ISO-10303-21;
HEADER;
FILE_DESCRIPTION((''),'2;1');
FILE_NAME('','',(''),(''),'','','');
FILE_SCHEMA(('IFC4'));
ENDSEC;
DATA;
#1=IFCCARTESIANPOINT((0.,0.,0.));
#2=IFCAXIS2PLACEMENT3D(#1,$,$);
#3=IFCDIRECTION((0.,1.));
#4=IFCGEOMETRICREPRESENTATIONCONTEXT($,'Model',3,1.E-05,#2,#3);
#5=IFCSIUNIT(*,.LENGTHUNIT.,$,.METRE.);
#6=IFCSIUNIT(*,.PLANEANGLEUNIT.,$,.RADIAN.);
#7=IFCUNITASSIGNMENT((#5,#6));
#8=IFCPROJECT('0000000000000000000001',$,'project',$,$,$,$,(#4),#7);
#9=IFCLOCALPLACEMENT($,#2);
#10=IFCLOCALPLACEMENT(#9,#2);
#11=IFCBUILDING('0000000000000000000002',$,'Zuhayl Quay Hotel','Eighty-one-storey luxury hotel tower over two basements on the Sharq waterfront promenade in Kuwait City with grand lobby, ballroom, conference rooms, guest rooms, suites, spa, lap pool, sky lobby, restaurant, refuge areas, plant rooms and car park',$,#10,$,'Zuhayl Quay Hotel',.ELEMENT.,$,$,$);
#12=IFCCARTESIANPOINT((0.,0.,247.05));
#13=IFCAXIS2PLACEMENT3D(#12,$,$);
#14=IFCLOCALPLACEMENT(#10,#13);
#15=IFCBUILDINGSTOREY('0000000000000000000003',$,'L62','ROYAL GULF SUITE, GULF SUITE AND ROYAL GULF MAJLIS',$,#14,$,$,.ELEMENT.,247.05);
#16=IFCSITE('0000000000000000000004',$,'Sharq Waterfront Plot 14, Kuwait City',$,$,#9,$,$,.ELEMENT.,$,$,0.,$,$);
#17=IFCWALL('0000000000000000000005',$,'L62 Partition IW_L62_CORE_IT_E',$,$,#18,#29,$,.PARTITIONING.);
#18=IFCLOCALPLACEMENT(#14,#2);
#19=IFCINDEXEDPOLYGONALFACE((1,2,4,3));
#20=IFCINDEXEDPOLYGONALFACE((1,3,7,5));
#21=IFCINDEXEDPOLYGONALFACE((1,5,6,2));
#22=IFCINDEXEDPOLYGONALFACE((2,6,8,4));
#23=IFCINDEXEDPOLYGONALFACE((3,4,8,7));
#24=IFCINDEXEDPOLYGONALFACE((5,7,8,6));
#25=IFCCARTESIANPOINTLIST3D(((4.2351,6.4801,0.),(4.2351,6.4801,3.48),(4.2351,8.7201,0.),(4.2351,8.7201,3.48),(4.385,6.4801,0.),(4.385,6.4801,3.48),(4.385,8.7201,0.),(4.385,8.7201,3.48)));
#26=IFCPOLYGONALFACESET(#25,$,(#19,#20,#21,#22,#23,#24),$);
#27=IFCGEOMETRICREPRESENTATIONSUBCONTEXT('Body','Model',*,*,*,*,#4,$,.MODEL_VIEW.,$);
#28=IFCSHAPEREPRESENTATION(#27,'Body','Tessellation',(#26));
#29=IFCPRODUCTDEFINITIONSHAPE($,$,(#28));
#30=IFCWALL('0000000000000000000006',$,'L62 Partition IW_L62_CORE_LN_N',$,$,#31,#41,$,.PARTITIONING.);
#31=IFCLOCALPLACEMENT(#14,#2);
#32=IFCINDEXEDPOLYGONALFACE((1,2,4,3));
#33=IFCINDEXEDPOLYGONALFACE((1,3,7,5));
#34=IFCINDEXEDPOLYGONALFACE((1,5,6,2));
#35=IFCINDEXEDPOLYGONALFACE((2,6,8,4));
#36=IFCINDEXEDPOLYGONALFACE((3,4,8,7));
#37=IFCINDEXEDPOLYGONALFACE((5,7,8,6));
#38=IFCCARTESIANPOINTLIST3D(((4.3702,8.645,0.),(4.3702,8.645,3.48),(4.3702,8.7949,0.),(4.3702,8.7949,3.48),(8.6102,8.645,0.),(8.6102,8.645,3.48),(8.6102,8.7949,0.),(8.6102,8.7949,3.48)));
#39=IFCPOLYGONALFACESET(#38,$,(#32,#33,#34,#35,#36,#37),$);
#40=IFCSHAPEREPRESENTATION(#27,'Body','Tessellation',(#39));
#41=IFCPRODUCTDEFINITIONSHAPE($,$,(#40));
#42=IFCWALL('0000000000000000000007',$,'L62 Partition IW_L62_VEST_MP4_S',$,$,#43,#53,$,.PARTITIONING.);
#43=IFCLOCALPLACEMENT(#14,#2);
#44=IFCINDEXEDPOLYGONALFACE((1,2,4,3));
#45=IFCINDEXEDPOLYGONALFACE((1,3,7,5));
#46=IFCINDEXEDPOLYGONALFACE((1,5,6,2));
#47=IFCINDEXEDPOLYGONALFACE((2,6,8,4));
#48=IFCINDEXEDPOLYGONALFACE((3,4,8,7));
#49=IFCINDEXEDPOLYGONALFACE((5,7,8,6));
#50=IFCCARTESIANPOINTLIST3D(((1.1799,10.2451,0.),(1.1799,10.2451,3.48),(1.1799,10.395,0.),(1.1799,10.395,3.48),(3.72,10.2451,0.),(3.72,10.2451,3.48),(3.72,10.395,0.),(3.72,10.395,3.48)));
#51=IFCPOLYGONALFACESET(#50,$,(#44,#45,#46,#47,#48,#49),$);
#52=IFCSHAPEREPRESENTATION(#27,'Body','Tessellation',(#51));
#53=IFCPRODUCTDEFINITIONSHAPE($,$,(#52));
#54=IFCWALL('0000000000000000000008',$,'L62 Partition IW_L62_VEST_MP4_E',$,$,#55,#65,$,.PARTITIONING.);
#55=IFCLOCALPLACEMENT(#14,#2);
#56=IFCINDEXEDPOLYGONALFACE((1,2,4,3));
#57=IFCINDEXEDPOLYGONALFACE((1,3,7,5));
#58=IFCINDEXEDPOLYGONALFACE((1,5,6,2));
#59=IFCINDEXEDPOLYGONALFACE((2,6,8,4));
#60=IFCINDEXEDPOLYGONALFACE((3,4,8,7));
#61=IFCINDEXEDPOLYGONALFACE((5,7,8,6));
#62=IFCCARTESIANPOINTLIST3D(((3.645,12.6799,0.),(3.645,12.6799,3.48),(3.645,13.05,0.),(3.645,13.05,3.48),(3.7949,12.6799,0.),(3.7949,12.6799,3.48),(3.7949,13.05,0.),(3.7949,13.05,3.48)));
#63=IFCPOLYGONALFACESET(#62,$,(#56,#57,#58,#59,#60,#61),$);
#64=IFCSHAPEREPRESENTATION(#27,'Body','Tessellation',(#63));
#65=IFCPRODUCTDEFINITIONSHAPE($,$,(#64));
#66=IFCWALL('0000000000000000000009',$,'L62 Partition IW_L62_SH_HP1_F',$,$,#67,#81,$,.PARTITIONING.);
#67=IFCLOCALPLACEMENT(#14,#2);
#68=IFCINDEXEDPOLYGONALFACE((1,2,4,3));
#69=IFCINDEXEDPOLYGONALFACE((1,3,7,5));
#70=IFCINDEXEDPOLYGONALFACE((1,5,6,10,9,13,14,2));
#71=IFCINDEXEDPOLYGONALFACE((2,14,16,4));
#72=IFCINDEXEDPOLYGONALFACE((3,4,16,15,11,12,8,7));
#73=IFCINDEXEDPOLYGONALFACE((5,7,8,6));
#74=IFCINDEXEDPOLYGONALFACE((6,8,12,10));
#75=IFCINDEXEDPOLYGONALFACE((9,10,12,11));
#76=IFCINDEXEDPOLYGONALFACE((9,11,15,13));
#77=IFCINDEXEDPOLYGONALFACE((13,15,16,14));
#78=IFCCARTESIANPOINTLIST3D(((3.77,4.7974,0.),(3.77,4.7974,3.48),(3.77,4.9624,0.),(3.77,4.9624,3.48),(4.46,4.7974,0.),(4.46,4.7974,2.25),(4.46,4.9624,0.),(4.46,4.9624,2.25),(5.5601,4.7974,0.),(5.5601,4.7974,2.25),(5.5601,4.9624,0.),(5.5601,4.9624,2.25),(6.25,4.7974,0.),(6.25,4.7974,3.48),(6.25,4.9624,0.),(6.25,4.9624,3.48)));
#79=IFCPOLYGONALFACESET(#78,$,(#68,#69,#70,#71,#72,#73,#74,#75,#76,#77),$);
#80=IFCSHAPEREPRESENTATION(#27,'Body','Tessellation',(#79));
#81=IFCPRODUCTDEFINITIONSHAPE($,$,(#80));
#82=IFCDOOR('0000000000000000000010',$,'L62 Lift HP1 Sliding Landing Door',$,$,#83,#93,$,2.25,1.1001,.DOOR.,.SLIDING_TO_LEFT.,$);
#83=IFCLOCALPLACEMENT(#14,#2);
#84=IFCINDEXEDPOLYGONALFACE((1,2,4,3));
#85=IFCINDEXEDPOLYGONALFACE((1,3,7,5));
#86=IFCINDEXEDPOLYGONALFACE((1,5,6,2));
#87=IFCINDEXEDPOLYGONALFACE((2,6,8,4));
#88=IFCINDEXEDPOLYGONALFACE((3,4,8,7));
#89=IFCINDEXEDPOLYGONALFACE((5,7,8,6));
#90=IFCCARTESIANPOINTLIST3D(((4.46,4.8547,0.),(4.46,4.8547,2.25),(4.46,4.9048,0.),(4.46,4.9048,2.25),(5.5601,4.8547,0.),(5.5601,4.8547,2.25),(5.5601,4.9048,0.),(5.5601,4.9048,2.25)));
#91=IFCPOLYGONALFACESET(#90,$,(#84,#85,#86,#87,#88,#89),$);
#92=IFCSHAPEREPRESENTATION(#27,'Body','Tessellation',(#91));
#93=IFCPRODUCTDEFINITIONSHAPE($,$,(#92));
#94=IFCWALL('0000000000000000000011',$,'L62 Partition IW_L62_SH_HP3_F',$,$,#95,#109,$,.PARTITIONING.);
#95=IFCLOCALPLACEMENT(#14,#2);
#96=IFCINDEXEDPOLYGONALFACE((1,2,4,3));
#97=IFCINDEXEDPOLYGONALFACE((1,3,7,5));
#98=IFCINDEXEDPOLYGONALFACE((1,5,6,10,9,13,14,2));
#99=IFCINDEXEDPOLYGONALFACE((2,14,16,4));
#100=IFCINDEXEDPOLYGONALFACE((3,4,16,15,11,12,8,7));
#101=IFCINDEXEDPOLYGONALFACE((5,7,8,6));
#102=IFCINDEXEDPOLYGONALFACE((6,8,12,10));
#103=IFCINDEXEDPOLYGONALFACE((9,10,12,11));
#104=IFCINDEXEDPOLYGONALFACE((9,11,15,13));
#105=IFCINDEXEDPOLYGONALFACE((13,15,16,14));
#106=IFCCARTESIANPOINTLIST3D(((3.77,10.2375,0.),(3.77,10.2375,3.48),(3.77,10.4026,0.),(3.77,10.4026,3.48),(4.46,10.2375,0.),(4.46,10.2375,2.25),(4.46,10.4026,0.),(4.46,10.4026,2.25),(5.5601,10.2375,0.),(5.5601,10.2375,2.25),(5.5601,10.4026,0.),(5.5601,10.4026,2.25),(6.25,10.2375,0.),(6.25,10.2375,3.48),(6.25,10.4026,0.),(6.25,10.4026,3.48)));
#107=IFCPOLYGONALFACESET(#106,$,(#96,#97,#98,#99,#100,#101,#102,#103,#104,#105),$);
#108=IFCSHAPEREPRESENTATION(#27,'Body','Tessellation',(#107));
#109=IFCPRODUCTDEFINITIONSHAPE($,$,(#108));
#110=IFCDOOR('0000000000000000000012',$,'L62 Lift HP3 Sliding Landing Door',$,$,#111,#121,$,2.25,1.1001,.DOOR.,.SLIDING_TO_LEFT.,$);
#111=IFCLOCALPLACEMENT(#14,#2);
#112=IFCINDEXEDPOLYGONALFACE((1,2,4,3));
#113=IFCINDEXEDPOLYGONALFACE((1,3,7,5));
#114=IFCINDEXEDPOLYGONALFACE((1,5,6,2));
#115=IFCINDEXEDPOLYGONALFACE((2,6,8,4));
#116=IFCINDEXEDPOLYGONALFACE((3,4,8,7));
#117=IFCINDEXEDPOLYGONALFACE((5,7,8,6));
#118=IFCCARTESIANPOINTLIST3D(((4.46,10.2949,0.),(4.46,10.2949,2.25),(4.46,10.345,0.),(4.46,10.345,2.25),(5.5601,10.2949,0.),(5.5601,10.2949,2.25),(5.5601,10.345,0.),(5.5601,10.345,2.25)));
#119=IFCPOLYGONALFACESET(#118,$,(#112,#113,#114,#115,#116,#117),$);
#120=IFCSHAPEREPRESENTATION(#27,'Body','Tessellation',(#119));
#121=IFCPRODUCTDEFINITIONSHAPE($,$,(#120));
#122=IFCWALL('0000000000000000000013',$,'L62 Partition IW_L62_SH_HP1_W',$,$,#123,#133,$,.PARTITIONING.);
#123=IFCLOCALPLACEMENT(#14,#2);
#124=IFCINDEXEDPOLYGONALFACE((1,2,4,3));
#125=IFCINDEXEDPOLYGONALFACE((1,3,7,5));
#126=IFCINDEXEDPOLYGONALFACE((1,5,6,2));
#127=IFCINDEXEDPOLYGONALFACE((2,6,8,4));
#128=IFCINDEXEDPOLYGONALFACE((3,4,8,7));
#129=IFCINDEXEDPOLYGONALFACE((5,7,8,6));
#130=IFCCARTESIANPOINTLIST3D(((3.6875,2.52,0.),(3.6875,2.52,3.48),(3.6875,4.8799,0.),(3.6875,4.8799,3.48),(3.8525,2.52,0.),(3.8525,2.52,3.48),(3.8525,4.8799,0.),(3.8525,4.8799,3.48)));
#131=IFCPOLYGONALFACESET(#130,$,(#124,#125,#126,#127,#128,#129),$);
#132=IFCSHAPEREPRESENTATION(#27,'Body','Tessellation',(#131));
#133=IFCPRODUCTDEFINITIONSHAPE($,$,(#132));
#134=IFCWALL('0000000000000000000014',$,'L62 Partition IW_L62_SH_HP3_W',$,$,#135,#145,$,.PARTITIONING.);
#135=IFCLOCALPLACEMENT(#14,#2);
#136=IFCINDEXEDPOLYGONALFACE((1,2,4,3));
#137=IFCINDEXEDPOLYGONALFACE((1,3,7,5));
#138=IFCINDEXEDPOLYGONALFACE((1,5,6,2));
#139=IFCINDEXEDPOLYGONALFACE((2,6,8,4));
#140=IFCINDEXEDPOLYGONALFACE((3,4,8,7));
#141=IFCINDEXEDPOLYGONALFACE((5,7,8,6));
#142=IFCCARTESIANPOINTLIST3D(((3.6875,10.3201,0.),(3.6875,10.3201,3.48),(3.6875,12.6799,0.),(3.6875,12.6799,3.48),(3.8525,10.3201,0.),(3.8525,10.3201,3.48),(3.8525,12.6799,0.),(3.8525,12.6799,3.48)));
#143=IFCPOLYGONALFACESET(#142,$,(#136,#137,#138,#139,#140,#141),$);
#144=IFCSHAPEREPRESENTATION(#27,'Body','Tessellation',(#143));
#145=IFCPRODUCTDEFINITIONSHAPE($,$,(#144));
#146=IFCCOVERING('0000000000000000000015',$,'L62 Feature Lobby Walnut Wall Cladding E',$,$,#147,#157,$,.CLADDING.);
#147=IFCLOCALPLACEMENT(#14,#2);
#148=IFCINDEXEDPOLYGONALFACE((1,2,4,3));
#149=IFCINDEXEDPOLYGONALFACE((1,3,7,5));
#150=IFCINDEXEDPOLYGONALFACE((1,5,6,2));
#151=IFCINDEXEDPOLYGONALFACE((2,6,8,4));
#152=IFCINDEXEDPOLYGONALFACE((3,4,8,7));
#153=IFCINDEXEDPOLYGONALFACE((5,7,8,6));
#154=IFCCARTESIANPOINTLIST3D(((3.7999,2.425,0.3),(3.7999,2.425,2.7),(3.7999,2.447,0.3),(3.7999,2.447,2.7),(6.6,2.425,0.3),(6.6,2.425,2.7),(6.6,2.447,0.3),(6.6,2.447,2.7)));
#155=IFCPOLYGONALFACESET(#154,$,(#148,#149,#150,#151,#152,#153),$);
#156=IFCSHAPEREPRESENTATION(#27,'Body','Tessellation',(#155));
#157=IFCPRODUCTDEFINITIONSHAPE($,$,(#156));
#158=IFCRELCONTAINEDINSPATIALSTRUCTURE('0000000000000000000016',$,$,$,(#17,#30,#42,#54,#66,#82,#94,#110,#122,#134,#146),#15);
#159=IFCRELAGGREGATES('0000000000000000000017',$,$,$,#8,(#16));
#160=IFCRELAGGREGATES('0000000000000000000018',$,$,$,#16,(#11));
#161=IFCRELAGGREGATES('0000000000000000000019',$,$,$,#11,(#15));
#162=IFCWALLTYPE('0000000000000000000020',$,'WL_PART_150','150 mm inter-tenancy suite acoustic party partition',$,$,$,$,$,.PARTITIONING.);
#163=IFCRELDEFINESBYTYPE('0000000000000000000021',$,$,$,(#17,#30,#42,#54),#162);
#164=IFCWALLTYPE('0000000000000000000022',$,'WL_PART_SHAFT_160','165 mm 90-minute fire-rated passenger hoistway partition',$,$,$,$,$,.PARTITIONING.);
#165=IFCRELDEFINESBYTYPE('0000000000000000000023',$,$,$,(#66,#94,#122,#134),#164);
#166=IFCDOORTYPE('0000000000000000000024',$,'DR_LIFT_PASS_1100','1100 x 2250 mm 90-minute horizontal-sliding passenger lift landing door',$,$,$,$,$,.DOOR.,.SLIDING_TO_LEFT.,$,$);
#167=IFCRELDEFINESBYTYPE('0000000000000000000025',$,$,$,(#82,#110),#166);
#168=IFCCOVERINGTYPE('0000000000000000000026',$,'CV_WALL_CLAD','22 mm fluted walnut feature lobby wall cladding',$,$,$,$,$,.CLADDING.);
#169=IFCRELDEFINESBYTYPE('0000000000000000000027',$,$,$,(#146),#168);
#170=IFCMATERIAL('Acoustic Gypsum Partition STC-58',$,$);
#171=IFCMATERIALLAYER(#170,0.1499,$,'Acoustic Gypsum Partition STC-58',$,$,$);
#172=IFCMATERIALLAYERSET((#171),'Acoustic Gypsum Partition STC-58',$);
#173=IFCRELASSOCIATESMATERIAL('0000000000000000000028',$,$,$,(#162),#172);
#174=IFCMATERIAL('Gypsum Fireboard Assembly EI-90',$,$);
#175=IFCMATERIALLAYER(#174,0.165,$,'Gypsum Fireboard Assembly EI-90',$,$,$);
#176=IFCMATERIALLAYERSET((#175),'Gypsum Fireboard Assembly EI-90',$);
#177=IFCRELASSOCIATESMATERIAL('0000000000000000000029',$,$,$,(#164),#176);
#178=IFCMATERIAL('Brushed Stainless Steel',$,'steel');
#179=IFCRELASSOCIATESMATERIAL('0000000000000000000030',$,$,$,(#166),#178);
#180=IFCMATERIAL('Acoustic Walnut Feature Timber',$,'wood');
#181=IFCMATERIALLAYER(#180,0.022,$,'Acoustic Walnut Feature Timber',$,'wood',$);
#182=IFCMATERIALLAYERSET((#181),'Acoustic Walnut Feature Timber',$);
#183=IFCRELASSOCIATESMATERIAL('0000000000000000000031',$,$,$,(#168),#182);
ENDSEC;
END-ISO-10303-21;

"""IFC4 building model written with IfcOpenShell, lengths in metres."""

from ifc_helpers import new_model, si_unit, direction, frame, frame_2d, origin, origin_2d, place, context, subcontext, project, spatial, rectangle, extrude, material, layer, layer_set, type_object, element, fill, save


model = new_model("IFC4")

# Units and contexts
model_context = context("Model", 3, precision=1e-05, world=origin(), true_north=direction((0.0, 1.0)))
body_context = subcontext(model_context, "Body", "Model", "MODEL_VIEW")
ifc_project = project(units=[si_unit("LENGTHUNIT", "METRE"), si_unit("PLANEANGLEUNIT", "RADIAN")], contexts=[model_context])

# Site, building, storey
site_placement = place(None, origin())
site = spatial("IfcSite", under=ifc_project, at=site_placement, Name="Sharq Waterfront Plot 14, Kuwait City", CompositionType="ELEMENT", RefElevation=0.0)
building_placement = place(site_placement, origin())
building = spatial("IfcBuilding", under=site, at=building_placement, Name="Zuhayl Quay Hotel", Description="Eighty-one-storey luxury hotel tower over two basements on the Sharq waterfront promenade in Kuwait City with grand lobby, ballroom, conference rooms, guest rooms, suites, spa, lap pool, sky lobby, restaurant, refuge areas, plant rooms and car park", LongName="Zuhayl Quay Hotel", CompositionType="ELEMENT")
storey_placement = place(building_placement, frame((0.0, 0.0, 247.05)))
storey = spatial("IfcBuildingStorey", under=building, at=storey_placement, Name="L62", Description="ROYAL GULF SUITE, GULF SUITE AND ROYAL GULF MAJLIS", CompositionType="ELEMENT", Elevation=247.05)

# Shared definitions
ifc_material_1 = material(Name="Acoustic Gypsum Partition STC-58")
ifc_layer_1 = layer(ifc_material_1, 0.1499, Name="Acoustic Gypsum Partition STC-58")
ifc_layer_set_1 = layer_set([ifc_layer_1], Name="Acoustic Gypsum Partition STC-58")
wall_type_1 = type_object("IfcWallType", Name="WL_PART_150", Description="150 mm inter-tenancy suite acoustic party partition", PredefinedType="PARTITIONING", material=ifc_layer_set_1)

# Walls
for number, where, z_axis, x_axis, name in (
    (1, (4.3101, 6.48, 0.0), (0.0, 0.0, 1.0), (0.0, 1.0, 0.0), "L62 Partition IW_L62_CORE_IT_E"),
):
    element("IfcWall", number, at=place(storey_placement, frame(where, z_axis=z_axis, x_axis=x_axis)), inside=storey, type_object=wall_type_1, Name=name, PredefinedType="PARTITIONING", context=body_context, shape_type="SweptSolid", body=[
        extrude(rectangle(XDim=2.24, YDim=0.1499, at=frame_2d((1.1201, 0.0))), origin(), (0.0, 0.0, 1.0), 3.48),
    ])
wall_1_placement = place(storey_placement, frame((4.3701, 8.72, 0.0), z_axis=(0.0, 0.0, 1.0), x_axis=(1.0, 0.0, 0.0)))
element("IfcWall", 2, at=wall_1_placement, inside=storey, type_object=wall_type_1, Name="L62 Partition IW_L62_CORE_LN_N", PredefinedType="PARTITIONING", context=body_context, shape_type="SweptSolid", body=[
    extrude(rectangle(XDim=4.24, YDim=0.1499, at=frame_2d((2.1201, 0.0))), origin(), (0.0, 0.0, 1.0), 3.48),
])
wall_2_placement = place(storey_placement, frame((1.1799, 10.3201, 0.0), z_axis=(0.0, 0.0, 1.0), x_axis=(1.0, 0.0, 0.0)))
element("IfcWall", 3, at=wall_2_placement, inside=storey, type_object=wall_type_1, Name="L62 Partition IW_L62_VEST_MP4_S", PredefinedType="PARTITIONING", context=body_context, shape_type="SweptSolid", body=[
    extrude(rectangle(XDim=2.54, YDim=0.1499, at=frame_2d((1.27, 0.0))), origin(), (0.0, 0.0, 1.0), 3.48),
])
wall_3_placement = place(storey_placement, frame((3.72, 12.6799, 0.0), z_axis=(0.0, 0.0, 1.0), x_axis=(0.0, 1.0, 0.0)))
element("IfcWall", 4, at=wall_3_placement, inside=storey, type_object=wall_type_1, Name="L62 Partition IW_L62_VEST_MP4_E", PredefinedType="PARTITIONING", context=body_context, shape_type="SweptSolid", body=[
    extrude(rectangle(XDim=0.3701, YDim=0.1499, at=frame_2d((0.1851, 0.0))), origin(), (0.0, 0.0, 1.0), 3.48),
])

# Walls, openings, doors
ifc_material_2 = material(Name="Gypsum Fireboard Assembly EI-90")
ifc_layer_2 = layer(ifc_material_2, 0.165, Name="Gypsum Fireboard Assembly EI-90")
ifc_layer_set_2 = layer_set([ifc_layer_2], Name="Gypsum Fireboard Assembly EI-90")
wall_type_2 = type_object("IfcWallType", Name="WL_PART_SHAFT_160", Description="165 mm 90-minute fire-rated passenger hoistway partition", PredefinedType="PARTITIONING", material=ifc_layer_set_2)
wall_4_placement = place(storey_placement, frame((3.77, 4.8799, 0.0), z_axis=(0.0, 0.0, 1.0), x_axis=(1.0, 0.0, 0.0)))
wall_4 = element("IfcWall", 5, at=wall_4_placement, inside=storey, type_object=wall_type_2, Name="L62 Partition IW_L62_SH_HP1_F", PredefinedType="PARTITIONING", context=body_context, shape_type="SweptSolid", body=[
    extrude(rectangle(XDim=2.48, YDim=0.165, at=frame_2d((1.24, 0.0))), origin(), (0.0, 0.0, 1.0), 3.48),
])
opening_1_placement = place(wall_4_placement, frame((0.6899, 0.0, 0.0)))
opening_1 = element("IfcOpeningElement", 6, at=opening_1_placement, cuts=wall_4, PredefinedType="OPENING", context=body_context, shape_type="SweptSolid", body=[
    extrude(rectangle(XDim=1.1001, YDim=2.25, at=frame_2d((0.55, 1.125))), frame((0.0, 0.0925, 0.0), z_axis=(0.0, -1.0, 0.0), x_axis=(1.0, 0.0, 0.0)), (0.0, 0.0, 1.0), 0.1851),
])
ifc_material_3 = material(Name="Brushed Stainless Steel", Category="steel")
door_type_1 = type_object("IfcDoorType", Name="DR_LIFT_PASS_1100", Description="1100 x 2250 mm 90-minute horizontal-sliding passenger lift landing door", OperationType="SLIDING_TO_LEFT", PredefinedType="DOOR", material=ifc_material_3)
door_1_placement = place(opening_1_placement, origin())
door_1 = element("IfcDoor", 7, at=door_1_placement, inside=storey, type_object=door_type_1, Name="L62 Lift HP1 Sliding Landing Door", OperationType="SLIDING_TO_LEFT", OverallHeight=2.25, OverallWidth=1.1001, PredefinedType="DOOR", context=body_context, shape_type="SweptSolid", body=[
    extrude(rectangle(XDim=1.1001, YDim=2.25, at=frame_2d((0.55, 1.125))), frame((0.0, 0.0249, 0.0), z_axis=(0.0, -1.0, 0.0), x_axis=(1.0, 0.0, 0.0)), (0.0, 0.0, 1.0), 0.05),
])
fill(opening_1, door_1)
wall_5_placement = place(storey_placement, frame((3.77, 10.3201, 0.0), z_axis=(0.0, 0.0, 1.0), x_axis=(1.0, 0.0, 0.0)))
wall_5 = element("IfcWall", 8, at=wall_5_placement, inside=storey, type_object=wall_type_2, Name="L62 Partition IW_L62_SH_HP3_F", PredefinedType="PARTITIONING", context=body_context, shape_type="SweptSolid", body=[
    extrude(rectangle(XDim=2.48, YDim=0.165, at=frame_2d((1.24, 0.0))), origin(), (0.0, 0.0, 1.0), 3.48),
])
opening_2_placement = place(wall_5_placement, frame((0.6899, 0.0, 0.0)))
opening_2 = element("IfcOpeningElement", 9, at=opening_2_placement, cuts=wall_5, PredefinedType="OPENING", context=body_context, shape_type="SweptSolid", body=[
    extrude(rectangle(XDim=1.1001, YDim=2.25, at=frame_2d((0.55, 1.125))), frame((0.0, 0.0925, 0.0), z_axis=(0.0, -1.0, 0.0), x_axis=(1.0, 0.0, 0.0)), (0.0, 0.0, 1.0), 0.1851),
])
door_2_placement = place(opening_2_placement, origin())
door_2 = element("IfcDoor", 10, at=door_2_placement, inside=storey, type_object=door_type_1, Name="L62 Lift HP3 Sliding Landing Door", OperationType="SLIDING_TO_LEFT", OverallHeight=2.25, OverallWidth=1.1001, PredefinedType="DOOR", context=body_context, shape_type="SweptSolid", body=[
    extrude(rectangle(XDim=1.1001, YDim=2.25, at=frame_2d((0.55, 1.125))), frame((0.0, 0.0249, 0.0), z_axis=(0.0, -1.0, 0.0), x_axis=(1.0, 0.0, 0.0)), (0.0, 0.0, 1.0), 0.05),
])
fill(opening_2, door_2)

# Walls
for number, where, z_axis, x_axis, name in (
    (11, (3.77, 2.52, 0.0), (0.0, 0.0, 1.0), (0.0, 1.0, 0.0), "L62 Partition IW_L62_SH_HP1_W"),
    (12, (3.77, 10.3201, 0.0), (0.0, 0.0, 1.0), (0.0, 1.0, 0.0), "L62 Partition IW_L62_SH_HP3_W"),
):
    element("IfcWall", number, at=place(storey_placement, frame(where, z_axis=z_axis, x_axis=x_axis)), inside=storey, type_object=wall_type_2, Name=name, PredefinedType="PARTITIONING", context=body_context, shape_type="SweptSolid", body=[
        extrude(rectangle(XDim=2.3599, YDim=0.165, at=frame_2d((1.1799, 0.0))), origin(), (0.0, 0.0, 1.0), 3.48),
    ])

# Covering
ifc_material_4 = material(Name="Acoustic Walnut Feature Timber", Category="wood")
ifc_layer_3 = layer(ifc_material_4, 0.022, Name="Acoustic Walnut Feature Timber", Category="wood")
ifc_layer_set_3 = layer_set([ifc_layer_3], Name="Acoustic Walnut Feature Timber")
covering_type = type_object("IfcCoveringType", Name="CV_WALL_CLAD", Description="22 mm fluted walnut feature lobby wall cladding", PredefinedType="CLADDING", material=ifc_layer_set_3)
covering_placement = place(storey_placement, frame((5.2, 2.436, 0.3), z_axis=(0.0, 0.0, 1.0), x_axis=(1.0, 0.0, 0.0)))
element("IfcCovering", 13, at=covering_placement, inside=storey, type_object=covering_type, Name="L62 Feature Lobby Walnut Wall Cladding E", PredefinedType="CLADDING", context=body_context, shape_type="SweptSolid", body=[
    extrude(rectangle(XDim=2.8, YDim=0.022, at=origin_2d()), origin(), (0.0, 0.0, 1.0), 2.3999),
])

save(model, "model.ifc")
